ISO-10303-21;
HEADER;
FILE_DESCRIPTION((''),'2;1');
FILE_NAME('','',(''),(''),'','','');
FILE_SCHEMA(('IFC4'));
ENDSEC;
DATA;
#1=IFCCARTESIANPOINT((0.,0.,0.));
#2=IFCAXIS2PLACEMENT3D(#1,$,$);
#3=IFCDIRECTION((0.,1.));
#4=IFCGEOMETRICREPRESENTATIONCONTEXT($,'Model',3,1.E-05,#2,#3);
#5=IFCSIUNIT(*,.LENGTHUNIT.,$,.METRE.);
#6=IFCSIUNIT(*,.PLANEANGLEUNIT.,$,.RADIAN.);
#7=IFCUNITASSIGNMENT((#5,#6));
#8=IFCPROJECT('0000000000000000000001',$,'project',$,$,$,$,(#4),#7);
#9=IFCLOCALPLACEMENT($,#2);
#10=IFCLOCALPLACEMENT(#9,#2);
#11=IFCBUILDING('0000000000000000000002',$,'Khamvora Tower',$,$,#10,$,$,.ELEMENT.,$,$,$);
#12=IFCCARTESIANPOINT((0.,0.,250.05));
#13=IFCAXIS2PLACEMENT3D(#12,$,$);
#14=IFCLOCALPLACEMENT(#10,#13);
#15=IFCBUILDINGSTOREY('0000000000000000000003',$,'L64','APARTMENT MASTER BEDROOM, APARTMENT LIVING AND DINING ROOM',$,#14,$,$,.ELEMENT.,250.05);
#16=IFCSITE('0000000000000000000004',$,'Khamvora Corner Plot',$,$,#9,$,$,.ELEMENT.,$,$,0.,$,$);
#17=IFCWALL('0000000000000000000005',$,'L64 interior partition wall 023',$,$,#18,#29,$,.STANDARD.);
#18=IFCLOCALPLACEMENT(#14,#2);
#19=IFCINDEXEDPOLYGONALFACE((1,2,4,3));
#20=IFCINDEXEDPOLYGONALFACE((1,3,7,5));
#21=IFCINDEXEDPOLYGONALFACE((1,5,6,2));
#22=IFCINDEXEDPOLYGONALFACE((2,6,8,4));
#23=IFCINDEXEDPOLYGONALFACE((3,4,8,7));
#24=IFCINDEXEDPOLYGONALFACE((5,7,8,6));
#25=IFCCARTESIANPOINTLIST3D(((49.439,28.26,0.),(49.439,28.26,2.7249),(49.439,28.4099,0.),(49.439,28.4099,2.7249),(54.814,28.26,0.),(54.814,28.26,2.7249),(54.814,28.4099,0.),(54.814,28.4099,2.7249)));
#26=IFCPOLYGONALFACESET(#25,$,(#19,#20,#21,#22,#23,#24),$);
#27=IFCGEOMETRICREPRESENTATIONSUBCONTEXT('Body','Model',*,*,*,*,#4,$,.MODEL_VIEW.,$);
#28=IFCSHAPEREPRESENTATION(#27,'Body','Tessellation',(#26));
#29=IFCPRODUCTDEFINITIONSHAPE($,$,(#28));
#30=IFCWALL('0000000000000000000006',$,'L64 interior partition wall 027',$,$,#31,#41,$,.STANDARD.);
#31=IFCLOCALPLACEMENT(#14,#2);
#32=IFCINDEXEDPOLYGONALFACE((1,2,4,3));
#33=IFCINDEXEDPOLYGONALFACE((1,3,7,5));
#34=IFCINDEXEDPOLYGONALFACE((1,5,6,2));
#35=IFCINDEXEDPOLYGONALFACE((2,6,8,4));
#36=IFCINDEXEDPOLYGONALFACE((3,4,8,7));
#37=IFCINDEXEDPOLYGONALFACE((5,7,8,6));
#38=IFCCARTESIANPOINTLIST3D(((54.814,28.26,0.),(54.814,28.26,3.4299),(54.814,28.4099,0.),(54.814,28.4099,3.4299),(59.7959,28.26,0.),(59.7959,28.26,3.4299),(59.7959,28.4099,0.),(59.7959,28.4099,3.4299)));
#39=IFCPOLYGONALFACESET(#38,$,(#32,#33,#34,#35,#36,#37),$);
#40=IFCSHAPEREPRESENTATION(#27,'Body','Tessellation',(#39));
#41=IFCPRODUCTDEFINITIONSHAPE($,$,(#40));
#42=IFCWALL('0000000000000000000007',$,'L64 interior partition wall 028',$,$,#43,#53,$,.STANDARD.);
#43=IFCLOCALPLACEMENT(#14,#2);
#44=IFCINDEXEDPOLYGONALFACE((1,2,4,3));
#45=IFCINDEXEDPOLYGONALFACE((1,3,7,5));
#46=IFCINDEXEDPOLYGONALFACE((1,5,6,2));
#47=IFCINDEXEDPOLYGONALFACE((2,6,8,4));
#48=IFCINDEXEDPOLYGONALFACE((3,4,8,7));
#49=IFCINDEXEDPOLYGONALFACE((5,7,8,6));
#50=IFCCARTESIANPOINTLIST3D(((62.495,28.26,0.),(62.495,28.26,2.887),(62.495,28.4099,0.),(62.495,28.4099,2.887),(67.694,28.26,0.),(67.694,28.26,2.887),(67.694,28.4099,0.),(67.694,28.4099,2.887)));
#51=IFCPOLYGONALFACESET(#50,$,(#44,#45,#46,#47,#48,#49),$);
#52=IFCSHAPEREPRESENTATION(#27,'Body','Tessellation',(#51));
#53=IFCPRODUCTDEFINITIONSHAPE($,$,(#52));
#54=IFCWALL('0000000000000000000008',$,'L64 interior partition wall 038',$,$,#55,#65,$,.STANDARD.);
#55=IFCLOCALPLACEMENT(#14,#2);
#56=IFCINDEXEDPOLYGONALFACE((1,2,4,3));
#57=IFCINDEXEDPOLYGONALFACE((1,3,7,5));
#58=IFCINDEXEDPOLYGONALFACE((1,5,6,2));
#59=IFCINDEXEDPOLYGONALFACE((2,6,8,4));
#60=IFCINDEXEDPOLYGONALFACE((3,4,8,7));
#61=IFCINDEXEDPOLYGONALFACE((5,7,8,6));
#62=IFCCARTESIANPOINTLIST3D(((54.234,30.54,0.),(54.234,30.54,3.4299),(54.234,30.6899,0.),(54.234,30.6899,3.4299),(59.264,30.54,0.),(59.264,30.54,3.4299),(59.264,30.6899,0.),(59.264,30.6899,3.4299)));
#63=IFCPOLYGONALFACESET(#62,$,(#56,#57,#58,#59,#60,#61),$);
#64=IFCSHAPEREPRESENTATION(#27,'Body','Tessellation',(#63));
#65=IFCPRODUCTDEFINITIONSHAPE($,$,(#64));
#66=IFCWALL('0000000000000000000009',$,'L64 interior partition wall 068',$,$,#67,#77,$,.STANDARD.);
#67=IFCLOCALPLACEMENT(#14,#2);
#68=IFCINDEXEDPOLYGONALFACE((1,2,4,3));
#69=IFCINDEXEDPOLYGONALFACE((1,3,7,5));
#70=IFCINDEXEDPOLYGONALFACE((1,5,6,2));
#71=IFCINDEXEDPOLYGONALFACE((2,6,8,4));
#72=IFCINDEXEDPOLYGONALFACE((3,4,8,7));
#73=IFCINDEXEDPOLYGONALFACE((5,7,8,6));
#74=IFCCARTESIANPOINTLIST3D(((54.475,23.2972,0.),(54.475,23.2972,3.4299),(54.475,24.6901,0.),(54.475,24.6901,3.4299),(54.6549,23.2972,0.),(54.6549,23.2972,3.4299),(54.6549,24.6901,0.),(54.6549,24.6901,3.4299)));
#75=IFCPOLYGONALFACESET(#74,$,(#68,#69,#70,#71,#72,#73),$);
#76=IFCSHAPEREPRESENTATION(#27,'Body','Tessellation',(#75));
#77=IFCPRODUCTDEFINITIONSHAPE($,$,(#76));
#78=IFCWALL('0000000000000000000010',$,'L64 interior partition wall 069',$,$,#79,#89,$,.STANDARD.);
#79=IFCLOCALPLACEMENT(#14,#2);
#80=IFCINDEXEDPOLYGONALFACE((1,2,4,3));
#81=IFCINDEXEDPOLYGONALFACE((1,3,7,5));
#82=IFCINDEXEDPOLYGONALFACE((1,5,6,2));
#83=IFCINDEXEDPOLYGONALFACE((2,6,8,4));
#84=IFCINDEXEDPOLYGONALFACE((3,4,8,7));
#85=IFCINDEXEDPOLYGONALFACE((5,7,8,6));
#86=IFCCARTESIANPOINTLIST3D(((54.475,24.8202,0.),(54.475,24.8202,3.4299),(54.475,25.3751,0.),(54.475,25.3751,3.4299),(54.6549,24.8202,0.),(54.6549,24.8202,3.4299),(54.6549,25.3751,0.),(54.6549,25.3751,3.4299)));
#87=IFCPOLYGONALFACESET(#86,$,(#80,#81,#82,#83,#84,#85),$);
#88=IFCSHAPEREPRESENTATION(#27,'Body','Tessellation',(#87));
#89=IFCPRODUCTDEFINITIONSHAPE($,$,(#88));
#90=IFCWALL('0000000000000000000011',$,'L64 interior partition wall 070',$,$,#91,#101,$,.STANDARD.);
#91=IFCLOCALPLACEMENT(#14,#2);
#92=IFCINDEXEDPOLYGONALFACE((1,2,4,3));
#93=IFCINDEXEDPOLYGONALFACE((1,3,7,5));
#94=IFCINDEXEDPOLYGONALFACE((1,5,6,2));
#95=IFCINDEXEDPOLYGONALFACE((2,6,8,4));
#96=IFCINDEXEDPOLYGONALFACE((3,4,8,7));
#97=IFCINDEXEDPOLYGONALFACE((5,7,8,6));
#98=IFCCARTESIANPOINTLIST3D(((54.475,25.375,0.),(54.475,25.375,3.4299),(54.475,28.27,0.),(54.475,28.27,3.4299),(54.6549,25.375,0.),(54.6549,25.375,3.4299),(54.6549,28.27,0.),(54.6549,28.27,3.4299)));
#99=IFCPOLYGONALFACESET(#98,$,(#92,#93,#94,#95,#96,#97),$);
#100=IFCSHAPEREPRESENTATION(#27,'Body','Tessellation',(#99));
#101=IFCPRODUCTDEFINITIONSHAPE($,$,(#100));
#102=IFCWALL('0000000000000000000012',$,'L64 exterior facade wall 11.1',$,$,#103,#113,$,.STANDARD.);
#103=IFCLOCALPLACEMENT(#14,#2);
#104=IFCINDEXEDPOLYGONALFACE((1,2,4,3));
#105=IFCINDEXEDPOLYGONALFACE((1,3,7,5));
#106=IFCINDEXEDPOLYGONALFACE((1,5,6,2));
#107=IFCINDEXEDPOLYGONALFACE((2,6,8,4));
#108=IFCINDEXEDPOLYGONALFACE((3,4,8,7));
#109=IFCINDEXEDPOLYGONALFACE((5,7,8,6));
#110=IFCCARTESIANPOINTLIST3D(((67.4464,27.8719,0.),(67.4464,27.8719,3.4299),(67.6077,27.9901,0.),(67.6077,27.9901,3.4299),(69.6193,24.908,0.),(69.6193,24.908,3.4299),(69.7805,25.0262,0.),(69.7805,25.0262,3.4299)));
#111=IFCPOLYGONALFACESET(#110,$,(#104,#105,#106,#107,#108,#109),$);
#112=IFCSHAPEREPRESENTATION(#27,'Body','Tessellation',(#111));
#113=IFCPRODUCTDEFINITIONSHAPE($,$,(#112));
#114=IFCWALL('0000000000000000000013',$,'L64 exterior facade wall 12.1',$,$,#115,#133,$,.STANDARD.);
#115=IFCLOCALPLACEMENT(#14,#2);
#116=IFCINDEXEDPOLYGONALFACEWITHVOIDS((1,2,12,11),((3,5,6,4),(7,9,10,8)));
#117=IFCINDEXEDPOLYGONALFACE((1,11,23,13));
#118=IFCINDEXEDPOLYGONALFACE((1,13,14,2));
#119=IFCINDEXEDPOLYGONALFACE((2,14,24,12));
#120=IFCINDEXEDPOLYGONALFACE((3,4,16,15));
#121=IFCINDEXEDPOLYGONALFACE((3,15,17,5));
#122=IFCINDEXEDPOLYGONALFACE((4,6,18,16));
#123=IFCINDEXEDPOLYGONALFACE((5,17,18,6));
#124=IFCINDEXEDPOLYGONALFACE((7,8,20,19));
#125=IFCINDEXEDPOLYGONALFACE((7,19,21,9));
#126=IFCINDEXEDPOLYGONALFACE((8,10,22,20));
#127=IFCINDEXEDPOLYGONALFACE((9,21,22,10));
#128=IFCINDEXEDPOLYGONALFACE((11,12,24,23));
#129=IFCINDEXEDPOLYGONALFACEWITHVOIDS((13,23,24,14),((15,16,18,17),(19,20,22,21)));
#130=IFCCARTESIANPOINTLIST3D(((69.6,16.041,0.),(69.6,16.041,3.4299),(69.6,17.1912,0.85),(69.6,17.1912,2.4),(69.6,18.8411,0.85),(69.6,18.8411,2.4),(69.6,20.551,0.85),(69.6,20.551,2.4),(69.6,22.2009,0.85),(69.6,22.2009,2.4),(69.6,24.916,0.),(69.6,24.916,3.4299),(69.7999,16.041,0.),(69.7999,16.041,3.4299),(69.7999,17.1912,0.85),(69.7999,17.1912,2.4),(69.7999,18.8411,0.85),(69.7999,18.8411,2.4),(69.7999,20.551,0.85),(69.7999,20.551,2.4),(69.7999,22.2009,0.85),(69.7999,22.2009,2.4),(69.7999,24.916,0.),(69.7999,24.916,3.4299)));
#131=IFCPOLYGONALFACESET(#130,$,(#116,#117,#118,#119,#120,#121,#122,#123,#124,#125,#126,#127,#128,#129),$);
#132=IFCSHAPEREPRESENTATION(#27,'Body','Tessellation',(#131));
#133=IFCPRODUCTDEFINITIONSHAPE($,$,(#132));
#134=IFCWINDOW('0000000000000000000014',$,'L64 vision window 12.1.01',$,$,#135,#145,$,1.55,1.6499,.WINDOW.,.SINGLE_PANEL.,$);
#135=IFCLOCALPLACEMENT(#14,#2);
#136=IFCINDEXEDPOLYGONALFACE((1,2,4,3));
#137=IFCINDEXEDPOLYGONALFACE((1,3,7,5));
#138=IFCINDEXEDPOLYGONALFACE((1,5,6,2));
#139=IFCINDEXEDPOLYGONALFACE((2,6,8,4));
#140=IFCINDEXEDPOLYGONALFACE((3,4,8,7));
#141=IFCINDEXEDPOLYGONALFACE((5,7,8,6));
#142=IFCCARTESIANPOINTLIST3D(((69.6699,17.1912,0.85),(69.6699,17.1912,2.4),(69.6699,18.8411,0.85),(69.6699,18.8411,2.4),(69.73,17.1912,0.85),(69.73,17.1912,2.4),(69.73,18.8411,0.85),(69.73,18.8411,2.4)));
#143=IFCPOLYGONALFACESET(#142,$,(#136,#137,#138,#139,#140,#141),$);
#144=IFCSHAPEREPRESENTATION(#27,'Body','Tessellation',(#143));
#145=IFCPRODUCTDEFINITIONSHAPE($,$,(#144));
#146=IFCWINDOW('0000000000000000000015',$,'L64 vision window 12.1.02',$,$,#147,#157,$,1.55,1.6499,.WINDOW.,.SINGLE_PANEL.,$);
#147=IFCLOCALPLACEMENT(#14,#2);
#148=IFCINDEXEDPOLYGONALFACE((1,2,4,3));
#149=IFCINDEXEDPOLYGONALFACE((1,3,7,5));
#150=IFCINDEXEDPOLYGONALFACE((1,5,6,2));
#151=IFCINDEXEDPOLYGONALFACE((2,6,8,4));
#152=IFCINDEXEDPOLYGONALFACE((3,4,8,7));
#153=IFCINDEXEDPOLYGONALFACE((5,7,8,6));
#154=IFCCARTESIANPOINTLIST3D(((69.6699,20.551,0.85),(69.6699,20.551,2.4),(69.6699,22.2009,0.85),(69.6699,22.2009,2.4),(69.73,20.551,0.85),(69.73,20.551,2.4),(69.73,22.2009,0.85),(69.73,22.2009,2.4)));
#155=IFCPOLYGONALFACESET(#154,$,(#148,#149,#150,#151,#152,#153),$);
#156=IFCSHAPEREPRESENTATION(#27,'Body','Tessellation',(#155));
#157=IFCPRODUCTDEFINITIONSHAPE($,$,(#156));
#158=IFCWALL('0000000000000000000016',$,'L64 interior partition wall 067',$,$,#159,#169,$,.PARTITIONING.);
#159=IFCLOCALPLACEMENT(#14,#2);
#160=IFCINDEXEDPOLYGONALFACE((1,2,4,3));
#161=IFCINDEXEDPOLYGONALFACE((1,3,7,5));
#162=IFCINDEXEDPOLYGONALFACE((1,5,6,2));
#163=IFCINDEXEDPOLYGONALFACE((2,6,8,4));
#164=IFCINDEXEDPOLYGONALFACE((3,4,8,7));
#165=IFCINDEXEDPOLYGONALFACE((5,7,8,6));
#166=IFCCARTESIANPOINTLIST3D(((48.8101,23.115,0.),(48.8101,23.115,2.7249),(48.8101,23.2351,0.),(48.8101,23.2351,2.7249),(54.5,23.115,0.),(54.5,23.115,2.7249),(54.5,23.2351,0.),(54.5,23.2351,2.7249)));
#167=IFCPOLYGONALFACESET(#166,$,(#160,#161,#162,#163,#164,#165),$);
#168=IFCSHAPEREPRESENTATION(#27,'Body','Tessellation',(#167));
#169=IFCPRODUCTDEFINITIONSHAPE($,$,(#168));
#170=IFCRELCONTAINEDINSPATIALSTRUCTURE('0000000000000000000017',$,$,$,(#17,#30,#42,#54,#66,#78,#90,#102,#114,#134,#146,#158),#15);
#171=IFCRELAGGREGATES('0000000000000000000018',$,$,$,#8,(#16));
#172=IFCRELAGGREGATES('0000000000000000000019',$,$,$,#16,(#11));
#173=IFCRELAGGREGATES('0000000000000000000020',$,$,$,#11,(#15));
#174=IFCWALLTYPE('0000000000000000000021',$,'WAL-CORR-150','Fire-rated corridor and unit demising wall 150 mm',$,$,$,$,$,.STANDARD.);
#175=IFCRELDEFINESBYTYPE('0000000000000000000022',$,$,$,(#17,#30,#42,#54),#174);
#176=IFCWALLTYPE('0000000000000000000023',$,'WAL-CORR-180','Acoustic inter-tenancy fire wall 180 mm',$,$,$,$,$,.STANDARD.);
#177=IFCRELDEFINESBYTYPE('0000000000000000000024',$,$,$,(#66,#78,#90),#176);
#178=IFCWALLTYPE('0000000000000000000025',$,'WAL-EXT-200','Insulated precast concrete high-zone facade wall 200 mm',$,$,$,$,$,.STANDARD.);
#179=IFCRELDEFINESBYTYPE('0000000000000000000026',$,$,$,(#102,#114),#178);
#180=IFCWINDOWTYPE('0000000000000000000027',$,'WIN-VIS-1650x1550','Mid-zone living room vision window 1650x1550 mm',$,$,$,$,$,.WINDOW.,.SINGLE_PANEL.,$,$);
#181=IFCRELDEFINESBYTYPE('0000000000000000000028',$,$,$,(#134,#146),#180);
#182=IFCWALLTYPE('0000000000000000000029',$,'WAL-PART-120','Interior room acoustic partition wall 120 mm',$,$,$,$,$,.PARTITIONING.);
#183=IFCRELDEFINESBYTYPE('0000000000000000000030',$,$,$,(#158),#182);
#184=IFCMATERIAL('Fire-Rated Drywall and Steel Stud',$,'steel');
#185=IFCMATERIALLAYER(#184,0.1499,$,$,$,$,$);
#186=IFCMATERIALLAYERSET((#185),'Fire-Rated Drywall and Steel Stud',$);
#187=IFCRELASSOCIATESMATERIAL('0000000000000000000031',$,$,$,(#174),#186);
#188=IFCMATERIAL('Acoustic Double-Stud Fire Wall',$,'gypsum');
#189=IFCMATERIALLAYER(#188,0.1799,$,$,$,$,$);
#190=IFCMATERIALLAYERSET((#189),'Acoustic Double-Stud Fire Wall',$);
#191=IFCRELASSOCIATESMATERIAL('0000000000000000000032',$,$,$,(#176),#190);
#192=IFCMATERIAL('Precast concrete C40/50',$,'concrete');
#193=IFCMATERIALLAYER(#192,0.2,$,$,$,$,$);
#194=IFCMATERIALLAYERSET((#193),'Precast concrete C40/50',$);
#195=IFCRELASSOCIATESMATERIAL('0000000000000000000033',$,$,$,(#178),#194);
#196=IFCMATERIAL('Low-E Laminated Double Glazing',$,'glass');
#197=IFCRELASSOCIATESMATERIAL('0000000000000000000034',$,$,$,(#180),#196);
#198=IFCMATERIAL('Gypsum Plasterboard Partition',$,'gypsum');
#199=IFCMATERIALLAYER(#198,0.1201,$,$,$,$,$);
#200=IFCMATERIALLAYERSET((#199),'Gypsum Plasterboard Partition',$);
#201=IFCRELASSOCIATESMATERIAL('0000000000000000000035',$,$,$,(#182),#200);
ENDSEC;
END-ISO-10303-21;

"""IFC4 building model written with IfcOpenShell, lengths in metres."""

from ifc_helpers import new_model, si_unit, direction, frame, frame_2d, origin, place, context, subcontext, project, spatial, rectangle, extrude, material, layer, layer_set, type_object, element, fill, save


model = new_model("IFC4")

# Units and contexts
model_context = context("Model", 3, precision=1e-05, world=origin(), true_north=direction((0.0, 1.0)))
body_context = subcontext(model_context, "Body", "Model", "MODEL_VIEW")
ifc_project = project(units=[si_unit("LENGTHUNIT", "METRE"), si_unit("PLANEANGLEUNIT", "RADIAN")], contexts=[model_context])

# Site, building, storey
site_placement = place(None, origin())
site = spatial("IfcSite", under=ifc_project, at=site_placement, Name="Khamvora Corner Plot", CompositionType="ELEMENT", RefElevation=0.0)
building_placement = place(site_placement, origin())
building = spatial("IfcBuilding", under=site, at=building_placement, Name="Khamvora Tower", CompositionType="ELEMENT")
storey_placement = place(building_placement, frame((0.0, 0.0, 250.05)))
storey = spatial("IfcBuildingStorey", under=building, at=storey_placement, Name="L64", Description="APARTMENT MASTER BEDROOM, APARTMENT LIVING AND DINING ROOM", CompositionType="ELEMENT", Elevation=250.05)

# Wall
ifc_material_1 = material(Name="Fire-Rated Drywall and Steel Stud", Category="steel")
ifc_layer_1 = layer(ifc_material_1, 0.1499)
ifc_layer_set_1 = layer_set([ifc_layer_1], Name="Fire-Rated Drywall and Steel Stud")
wall_type_1 = type_object("IfcWallType", Name="WAL-CORR-150", Description="Fire-rated corridor and unit demising wall 150 mm", PredefinedType="STANDARD", material=ifc_layer_set_1)
wall_1_placement = place(storey_placement, frame((54.814, 28.335, 0.0), z_axis=(0.0, 0.0, 1.0), x_axis=(-1.0, 0.0, 0.0)))
element("IfcWall", 1, at=wall_1_placement, inside=storey, type_object=wall_type_1, Name="L64 interior partition wall 023", PredefinedType="STANDARD", context=body_context, shape_type="SweptSolid", body=[
    extrude(rectangle(XDim=5.375, YDim=0.1499, at=frame_2d((2.6875, 0.0))), origin(), (0.0, 0.0, 1.0), 2.7249),
])

# Walls
wall_2_placement = place(storey_placement, frame((59.7959, 28.335, 0.0), z_axis=(0.0, 0.0, 1.0), x_axis=(-1.0, 0.0, 0.0)))
element("IfcWall", 2, at=wall_2_placement, inside=storey, type_object=wall_type_1, Name="L64 interior partition wall 027", PredefinedType="STANDARD", context=body_context, shape_type="SweptSolid", body=[
    extrude(rectangle(XDim=4.9819, YDim=0.1499, at=frame_2d((2.491, 0.0))), origin(), (0.0, 0.0, 1.0), 3.4299),
])
wall_3_placement = place(storey_placement, frame((67.6941, 28.335, 0.0), z_axis=(0.0, 0.0, 1.0), x_axis=(-1.0, 0.0, 0.0)))
element("IfcWall", 3, at=wall_3_placement, inside=storey, type_object=wall_type_1, Name="L64 interior partition wall 028", PredefinedType="STANDARD", context=body_context, shape_type="SweptSolid", body=[
    extrude(rectangle(XDim=5.199, YDim=0.1499, at=frame_2d((2.5996, 0.0))), origin(), (0.0, 0.0, 1.0), 2.887),
])
wall_4_placement = place(storey_placement, frame((54.2339, 30.615, 0.0), z_axis=(0.0, 0.0, 1.0), x_axis=(1.0, 0.0, 0.0)))
element("IfcWall", 4, at=wall_4_placement, inside=storey, type_object=wall_type_1, Name="L64 interior partition wall 038", PredefinedType="STANDARD", context=body_context, shape_type="SweptSolid", body=[
    extrude(rectangle(XDim=5.03, YDim=0.1499, at=frame_2d((2.5151, 0.0))), origin(), (0.0, 0.0, 1.0), 3.4299),
])
ifc_material_2 = material(Name="Acoustic Double-Stud Fire Wall", Category="gypsum")
ifc_layer_2 = layer(ifc_material_2, 0.1799)
ifc_layer_set_2 = layer_set([ifc_layer_2], Name="Acoustic Double-Stud Fire Wall")
wall_type_2 = type_object("IfcWallType", Name="WAL-CORR-180", Description="Acoustic inter-tenancy fire wall 180 mm", PredefinedType="STANDARD", material=ifc_layer_set_2)
wall_5_placement = place(storey_placement, frame((54.5649, 24.6899, 0.0), z_axis=(0.0, 0.0, 1.0), x_axis=(0.0, -1.0, 0.0)))
element("IfcWall", 5, at=wall_5_placement, inside=storey, type_object=wall_type_2, Name="L64 interior partition wall 068", PredefinedType="STANDARD", context=body_context, shape_type="SweptSolid", body=[
    extrude(rectangle(XDim=1.3928, YDim=0.1799, at=frame_2d((0.6963, 0.0))), origin(), (0.0, 0.0, 1.0), 3.4299),
])
wall_6_placement = place(storey_placement, frame((54.5649, 25.375, 0.0), z_axis=(0.0, 0.0, 1.0), x_axis=(0.0, -1.0, 0.0)))
element("IfcWall", 6, at=wall_6_placement, inside=storey, type_object=wall_type_2, Name="L64 interior partition wall 069", PredefinedType="STANDARD", context=body_context, shape_type="SweptSolid", body=[
    extrude(rectangle(XDim=0.5549, YDim=0.1799, at=frame_2d((0.2773, 0.0))), origin(), (0.0, 0.0, 1.0), 3.4299),
])
wall_7_placement = place(storey_placement, frame((54.5649, 28.27, 0.0), z_axis=(0.0, 0.0, 1.0), x_axis=(0.0, -1.0, 0.0)))
element("IfcWall", 7, at=wall_7_placement, inside=storey, type_object=wall_type_2, Name="L64 interior partition wall 070", PredefinedType="STANDARD", context=body_context, shape_type="SweptSolid", body=[
    extrude(rectangle(XDim=2.895, YDim=0.1799, at=frame_2d((1.4475, 0.0))), origin(), (0.0, 0.0, 1.0), 3.4299),
])
ifc_material_3 = material(Name="Precast concrete C40/50", Category="concrete")
ifc_layer_3 = layer(ifc_material_3, 0.2)
ifc_layer_set_3 = layer_set([ifc_layer_3], Name="Precast concrete C40/50")
wall_type_3 = type_object("IfcWallType", Name="WAL-EXT-200", Description="Insulated precast concrete high-zone facade wall 200 mm", PredefinedType="STANDARD", material=ifc_layer_set_3)
wall_8_placement = place(storey_placement, frame((67.5271, 27.9309, 0.0), z_axis=(0.0, 0.0, 1.0), x_axis=(0.591248, -0.806489, 0.0)))
element("IfcWall", 8, at=wall_8_placement, inside=storey, type_object=wall_type_3, Name="L64 exterior facade wall 11.1", PredefinedType="STANDARD", context=body_context, shape_type="SweptSolid", body=[
    extrude(rectangle(XDim=3.675, YDim=0.2, at=frame_2d((1.8374, 0.0))), origin(), (0.0, 0.0, 1.0), 3.4299),
])

# Wall, openings, windows
wall_9_placement = place(storey_placement, frame((69.7, 24.916, 0.0), z_axis=(0.0, 0.0, 1.0), x_axis=(0.0, -1.0, 0.0)))
wall_9 = element("IfcWall", 9, at=wall_9_placement, inside=storey, type_object=wall_type_3, Name="L64 exterior facade wall 12.1", PredefinedType="STANDARD", context=body_context, shape_type="SweptSolid", body=[
    extrude(rectangle(XDim=8.875, YDim=0.2, at=frame_2d((4.4375, 0.0))), origin(), (0.0, 0.0, 1.0), 3.4299),
])
opening_1_placement = place(wall_9_placement, frame((6.075, 0.0, 0.8501)))
opening_1 = element("IfcOpeningElement", 10, at=opening_1_placement, cuts=wall_9, PredefinedType="OPENING", context=body_context, shape_type="SweptSolid", body=[
    extrude(rectangle(XDim=1.6499, YDim=1.55, at=frame_2d((0.825, 0.7749))), frame((0.0, 0.1099, 0.0), z_axis=(0.0, -1.0, 0.0), x_axis=(1.0, 0.0, 0.0)), (0.0, 0.0, 1.0), 0.22),
])
opening_2_placement = place(wall_9_placement, frame((2.7151, 0.0, 0.8501)))
opening_2 = element("IfcOpeningElement", 11, at=opening_2_placement, cuts=wall_9, PredefinedType="OPENING", context=body_context, shape_type="SweptSolid", body=[
    extrude(rectangle(XDim=1.6499, YDim=1.55, at=frame_2d((0.825, 0.7749))), frame((0.0, 0.1099, 0.0), z_axis=(0.0, -1.0, 0.0), x_axis=(1.0, 0.0, 0.0)), (0.0, 0.0, 1.0), 0.22),
])
ifc_material_4 = material(Name="Low-E Laminated Double Glazing", Category="glass")
window_type = type_object("IfcWindowType", Name="WIN-VIS-1650x1550", Description="Mid-zone living room vision window 1650x1550 mm", PartitioningType="SINGLE_PANEL", PredefinedType="WINDOW", material=ifc_material_4)
window_1_placement = place(opening_1_placement, origin())
window_1 = element("IfcWindow", 12, at=window_1_placement, inside=storey, type_object=window_type, Name="L64 vision window 12.1.01", OverallHeight=1.55, OverallWidth=1.6499, PartitioningType="SINGLE_PANEL", PredefinedType="WINDOW", context=body_context, shape_type="SweptSolid", body=[
    extrude(rectangle(XDim=1.6499, YDim=1.55, at=frame_2d((0.825, 0.7749))), frame((0.0, 0.03, 0.0), z_axis=(0.0, -1.0, 0.0), x_axis=(1.0, 0.0, 0.0)), (0.0, 0.0, 1.0), 0.0601),
])
fill(opening_1, window_1)
window_2_placement = place(opening_2_placement, origin())
window_2 = element("IfcWindow", 13, at=window_2_placement, inside=storey, type_object=window_type, Name="L64 vision window 12.1.02", OverallHeight=1.55, OverallWidth=1.6499, PartitioningType="SINGLE_PANEL", PredefinedType="WINDOW", context=body_context, shape_type="SweptSolid", body=[
    extrude(rectangle(XDim=1.6499, YDim=1.55, at=frame_2d((0.825, 0.7749))), frame((0.0, 0.03, 0.0), z_axis=(0.0, -1.0, 0.0), x_axis=(1.0, 0.0, 0.0)), (0.0, 0.0, 1.0), 0.0601),
])
fill(opening_2, window_2)

# Wall
ifc_material_5 = material(Name="Gypsum Plasterboard Partition", Category="gypsum")
ifc_layer_4 = layer(ifc_material_5, 0.1201)
ifc_layer_set_4 = layer_set([ifc_layer_4], Name="Gypsum Plasterboard Partition")
wall_type_4 = type_object("IfcWallType", Name="WAL-PART-120", Description="Interior room acoustic partition wall 120 mm", PredefinedType="PARTITIONING", material=ifc_layer_set_4)
wall_10_placement = place(storey_placement, frame((54.5, 23.175, 0.0), z_axis=(0.0, 0.0, 1.0), x_axis=(-1.0, 0.0, 0.0)))
element("IfcWall", 14, at=wall_10_placement, inside=storey, type_object=wall_type_4, Name="L64 interior partition wall 067", PredefinedType="PARTITIONING", context=body_context, shape_type="SweptSolid", body=[
    extrude(rectangle(XDim=5.6899, YDim=0.1201, at=frame_2d((2.845, 0.0))), origin(), (0.0, 0.0, 1.0), 2.7249),
])

save(model, "model.ifc")
